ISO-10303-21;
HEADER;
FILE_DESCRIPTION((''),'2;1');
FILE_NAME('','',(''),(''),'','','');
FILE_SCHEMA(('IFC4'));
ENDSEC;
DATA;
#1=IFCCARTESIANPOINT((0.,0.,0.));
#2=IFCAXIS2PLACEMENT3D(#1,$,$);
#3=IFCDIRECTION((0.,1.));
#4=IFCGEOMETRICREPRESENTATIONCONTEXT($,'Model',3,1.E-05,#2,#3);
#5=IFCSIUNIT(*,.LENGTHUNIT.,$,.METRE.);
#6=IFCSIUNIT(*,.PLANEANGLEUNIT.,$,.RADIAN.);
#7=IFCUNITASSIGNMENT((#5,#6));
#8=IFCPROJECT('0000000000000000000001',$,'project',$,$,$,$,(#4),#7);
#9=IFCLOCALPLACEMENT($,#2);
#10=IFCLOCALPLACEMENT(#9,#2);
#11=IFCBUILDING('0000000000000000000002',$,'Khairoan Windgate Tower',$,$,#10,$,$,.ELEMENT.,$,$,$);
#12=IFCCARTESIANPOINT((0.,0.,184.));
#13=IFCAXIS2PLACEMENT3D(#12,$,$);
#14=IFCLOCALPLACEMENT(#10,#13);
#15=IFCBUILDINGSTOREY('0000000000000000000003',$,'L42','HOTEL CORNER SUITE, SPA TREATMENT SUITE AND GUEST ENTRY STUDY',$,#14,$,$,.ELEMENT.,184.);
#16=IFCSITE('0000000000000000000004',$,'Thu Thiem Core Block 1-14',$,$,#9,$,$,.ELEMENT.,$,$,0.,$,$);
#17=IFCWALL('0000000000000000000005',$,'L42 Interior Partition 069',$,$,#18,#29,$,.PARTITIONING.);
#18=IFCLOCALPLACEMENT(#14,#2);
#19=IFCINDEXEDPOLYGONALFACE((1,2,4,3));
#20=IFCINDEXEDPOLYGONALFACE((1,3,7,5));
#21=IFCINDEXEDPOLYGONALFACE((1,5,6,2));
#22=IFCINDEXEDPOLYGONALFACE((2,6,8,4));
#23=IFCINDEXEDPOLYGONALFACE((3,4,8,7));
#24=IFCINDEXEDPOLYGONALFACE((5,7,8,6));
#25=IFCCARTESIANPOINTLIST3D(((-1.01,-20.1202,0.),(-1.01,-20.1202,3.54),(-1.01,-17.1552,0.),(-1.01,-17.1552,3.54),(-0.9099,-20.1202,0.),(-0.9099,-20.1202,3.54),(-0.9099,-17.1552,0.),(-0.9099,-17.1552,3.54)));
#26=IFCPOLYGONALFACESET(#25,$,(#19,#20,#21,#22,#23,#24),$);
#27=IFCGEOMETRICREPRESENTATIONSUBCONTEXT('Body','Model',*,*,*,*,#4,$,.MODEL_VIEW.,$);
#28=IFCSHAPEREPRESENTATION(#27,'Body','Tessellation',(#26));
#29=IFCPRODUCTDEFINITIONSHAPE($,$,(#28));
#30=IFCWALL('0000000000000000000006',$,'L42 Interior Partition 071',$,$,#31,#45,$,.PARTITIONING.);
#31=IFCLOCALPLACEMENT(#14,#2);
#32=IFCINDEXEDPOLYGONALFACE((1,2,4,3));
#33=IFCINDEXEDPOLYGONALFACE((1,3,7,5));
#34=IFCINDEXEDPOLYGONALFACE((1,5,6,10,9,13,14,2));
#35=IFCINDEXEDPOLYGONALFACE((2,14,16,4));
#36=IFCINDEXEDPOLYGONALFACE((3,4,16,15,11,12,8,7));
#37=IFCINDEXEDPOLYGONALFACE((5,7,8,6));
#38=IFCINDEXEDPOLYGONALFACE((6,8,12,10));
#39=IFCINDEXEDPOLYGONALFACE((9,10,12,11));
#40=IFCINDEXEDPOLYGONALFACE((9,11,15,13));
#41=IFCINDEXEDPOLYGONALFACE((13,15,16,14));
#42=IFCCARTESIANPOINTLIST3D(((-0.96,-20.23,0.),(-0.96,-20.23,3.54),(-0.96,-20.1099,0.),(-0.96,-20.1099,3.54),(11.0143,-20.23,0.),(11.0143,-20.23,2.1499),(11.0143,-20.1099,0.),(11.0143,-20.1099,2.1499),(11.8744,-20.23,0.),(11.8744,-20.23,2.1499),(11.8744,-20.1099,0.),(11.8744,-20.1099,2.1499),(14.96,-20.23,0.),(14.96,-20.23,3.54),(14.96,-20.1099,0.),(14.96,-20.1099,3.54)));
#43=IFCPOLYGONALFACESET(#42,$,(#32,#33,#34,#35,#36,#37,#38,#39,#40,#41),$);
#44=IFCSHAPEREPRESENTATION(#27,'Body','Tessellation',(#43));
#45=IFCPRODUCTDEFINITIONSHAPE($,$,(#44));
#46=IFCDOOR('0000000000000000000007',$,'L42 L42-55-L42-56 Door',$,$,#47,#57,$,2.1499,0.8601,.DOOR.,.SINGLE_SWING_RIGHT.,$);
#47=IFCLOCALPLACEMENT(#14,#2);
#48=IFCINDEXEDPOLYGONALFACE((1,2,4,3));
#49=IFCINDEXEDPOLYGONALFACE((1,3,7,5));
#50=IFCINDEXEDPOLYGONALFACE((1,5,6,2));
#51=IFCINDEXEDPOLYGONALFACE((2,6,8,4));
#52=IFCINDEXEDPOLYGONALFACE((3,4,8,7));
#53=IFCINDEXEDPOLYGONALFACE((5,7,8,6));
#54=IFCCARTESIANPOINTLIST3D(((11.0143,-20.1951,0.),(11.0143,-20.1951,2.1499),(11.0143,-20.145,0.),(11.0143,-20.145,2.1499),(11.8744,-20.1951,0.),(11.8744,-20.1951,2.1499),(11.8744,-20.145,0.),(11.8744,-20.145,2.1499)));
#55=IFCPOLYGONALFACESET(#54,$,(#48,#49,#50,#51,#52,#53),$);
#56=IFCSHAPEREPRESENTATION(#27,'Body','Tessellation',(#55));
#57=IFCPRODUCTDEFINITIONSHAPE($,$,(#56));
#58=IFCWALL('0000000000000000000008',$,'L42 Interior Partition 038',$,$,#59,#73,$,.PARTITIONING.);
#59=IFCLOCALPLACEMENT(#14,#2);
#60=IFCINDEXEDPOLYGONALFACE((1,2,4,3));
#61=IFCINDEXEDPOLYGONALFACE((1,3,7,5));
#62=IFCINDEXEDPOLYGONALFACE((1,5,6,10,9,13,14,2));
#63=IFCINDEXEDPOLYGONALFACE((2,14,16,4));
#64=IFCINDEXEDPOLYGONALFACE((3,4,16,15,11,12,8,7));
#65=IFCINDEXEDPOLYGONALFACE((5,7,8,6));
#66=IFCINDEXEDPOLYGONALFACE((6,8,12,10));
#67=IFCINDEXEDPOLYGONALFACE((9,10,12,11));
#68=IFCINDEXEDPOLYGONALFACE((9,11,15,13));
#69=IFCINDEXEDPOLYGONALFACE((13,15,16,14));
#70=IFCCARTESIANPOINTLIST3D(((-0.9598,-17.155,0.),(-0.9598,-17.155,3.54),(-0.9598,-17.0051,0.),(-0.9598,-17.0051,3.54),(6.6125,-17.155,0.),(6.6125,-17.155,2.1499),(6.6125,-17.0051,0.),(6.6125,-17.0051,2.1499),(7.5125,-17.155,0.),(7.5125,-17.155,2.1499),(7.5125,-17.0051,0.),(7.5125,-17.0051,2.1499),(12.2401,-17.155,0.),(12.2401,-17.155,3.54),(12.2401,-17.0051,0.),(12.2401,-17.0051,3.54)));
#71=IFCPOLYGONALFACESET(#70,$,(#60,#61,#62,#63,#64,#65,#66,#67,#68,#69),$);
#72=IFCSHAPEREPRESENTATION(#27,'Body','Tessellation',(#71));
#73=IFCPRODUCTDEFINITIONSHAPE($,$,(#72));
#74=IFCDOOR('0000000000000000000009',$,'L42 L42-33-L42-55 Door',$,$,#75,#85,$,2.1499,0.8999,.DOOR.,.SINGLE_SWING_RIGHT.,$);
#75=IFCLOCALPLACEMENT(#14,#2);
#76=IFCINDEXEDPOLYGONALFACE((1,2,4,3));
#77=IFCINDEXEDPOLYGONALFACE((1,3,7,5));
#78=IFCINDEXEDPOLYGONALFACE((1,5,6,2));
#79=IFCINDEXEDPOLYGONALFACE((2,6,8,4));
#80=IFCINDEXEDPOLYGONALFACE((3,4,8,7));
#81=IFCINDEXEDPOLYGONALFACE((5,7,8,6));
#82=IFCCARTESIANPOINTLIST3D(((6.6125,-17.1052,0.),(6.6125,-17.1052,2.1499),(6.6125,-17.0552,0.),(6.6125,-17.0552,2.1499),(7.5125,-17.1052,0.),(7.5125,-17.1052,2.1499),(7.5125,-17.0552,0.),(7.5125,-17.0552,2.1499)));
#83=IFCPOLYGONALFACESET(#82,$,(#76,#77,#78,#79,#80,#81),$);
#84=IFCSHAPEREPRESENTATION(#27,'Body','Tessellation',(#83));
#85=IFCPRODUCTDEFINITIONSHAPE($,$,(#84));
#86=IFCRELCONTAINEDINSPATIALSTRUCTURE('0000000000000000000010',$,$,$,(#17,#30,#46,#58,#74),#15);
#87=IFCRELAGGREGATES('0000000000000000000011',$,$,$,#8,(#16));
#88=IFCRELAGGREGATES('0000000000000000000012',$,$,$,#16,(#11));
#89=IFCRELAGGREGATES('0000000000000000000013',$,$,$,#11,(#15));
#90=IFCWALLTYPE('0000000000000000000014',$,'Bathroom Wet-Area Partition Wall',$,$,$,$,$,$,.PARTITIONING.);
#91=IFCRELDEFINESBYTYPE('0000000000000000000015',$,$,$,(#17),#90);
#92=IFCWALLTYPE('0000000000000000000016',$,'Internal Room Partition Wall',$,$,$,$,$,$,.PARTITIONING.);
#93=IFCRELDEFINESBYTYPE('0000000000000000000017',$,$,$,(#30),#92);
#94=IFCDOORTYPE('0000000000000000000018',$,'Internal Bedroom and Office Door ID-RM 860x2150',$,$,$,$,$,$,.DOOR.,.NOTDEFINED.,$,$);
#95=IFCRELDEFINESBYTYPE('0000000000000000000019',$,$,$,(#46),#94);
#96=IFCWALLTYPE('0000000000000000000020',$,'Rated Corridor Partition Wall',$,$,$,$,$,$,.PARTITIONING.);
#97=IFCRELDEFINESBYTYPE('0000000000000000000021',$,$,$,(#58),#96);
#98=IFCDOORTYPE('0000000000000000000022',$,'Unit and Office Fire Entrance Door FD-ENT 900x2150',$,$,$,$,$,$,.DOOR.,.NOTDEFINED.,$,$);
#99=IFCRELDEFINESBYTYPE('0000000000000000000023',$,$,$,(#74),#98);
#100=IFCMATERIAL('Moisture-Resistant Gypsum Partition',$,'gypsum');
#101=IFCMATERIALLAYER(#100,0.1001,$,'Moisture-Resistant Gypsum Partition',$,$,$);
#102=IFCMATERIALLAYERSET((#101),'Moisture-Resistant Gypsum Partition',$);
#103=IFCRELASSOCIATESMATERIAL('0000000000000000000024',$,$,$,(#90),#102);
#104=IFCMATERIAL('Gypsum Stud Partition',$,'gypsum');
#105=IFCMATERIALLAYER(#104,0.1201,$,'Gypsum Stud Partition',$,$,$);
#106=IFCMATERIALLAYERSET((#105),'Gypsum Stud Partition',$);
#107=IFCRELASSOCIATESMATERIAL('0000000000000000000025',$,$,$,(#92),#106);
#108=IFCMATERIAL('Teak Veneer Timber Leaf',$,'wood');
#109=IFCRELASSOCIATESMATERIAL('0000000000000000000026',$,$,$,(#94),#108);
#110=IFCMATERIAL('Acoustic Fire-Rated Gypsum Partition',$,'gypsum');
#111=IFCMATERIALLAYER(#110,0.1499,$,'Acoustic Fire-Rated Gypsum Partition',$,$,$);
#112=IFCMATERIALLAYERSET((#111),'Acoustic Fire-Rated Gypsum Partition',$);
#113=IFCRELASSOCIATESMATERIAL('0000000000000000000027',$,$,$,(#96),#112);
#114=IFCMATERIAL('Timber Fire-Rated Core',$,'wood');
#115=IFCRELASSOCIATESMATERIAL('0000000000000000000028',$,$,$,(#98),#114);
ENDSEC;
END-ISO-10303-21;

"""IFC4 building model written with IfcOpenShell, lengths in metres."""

from ifc_helpers import new_model, si_unit, direction, frame, frame_2d, origin, place, context, subcontext, project, spatial, rectangle, extrude, material, layer, layer_set, type_object, element, fill, save


model = new_model("IFC4")

# Units and contexts
model_context = context("Model", 3, precision=1e-05, world=origin(), true_north=direction((0.0, 1.0)))
body_context = subcontext(model_context, "Body", "Model", "MODEL_VIEW")
ifc_project = project(units=[si_unit("LENGTHUNIT", "METRE"), si_unit("PLANEANGLEUNIT", "RADIAN")], contexts=[model_context])

# Site, building, storey
site_placement = place(None, origin())
site = spatial("IfcSite", under=ifc_project, at=site_placement, Name="Thu Thiem Core Block 1-14", CompositionType="ELEMENT", RefElevation=0.0)
building_placement = place(site_placement, origin())
building = spatial("IfcBuilding", under=site, at=building_placement, Name="Khairoan Windgate Tower", CompositionType="ELEMENT")
storey_placement = place(building_placement, frame((0.0, 0.0, 184.0)))
storey = spatial("IfcBuildingStorey", under=building, at=storey_placement, Name="L42", Description="HOTEL CORNER SUITE, SPA TREATMENT SUITE AND GUEST ENTRY STUDY", CompositionType="ELEMENT", Elevation=184.0)

# Wall
ifc_material_1 = material(Name="Moisture-Resistant Gypsum Partition", Category="gypsum")
ifc_layer_1 = layer(ifc_material_1, 0.1001, Name="Moisture-Resistant Gypsum Partition")
ifc_layer_set_1 = layer_set([ifc_layer_1], Name="Moisture-Resistant Gypsum Partition")
wall_type_1 = type_object("IfcWallType", Name="Bathroom Wet-Area Partition Wall", PredefinedType="PARTITIONING", material=ifc_layer_set_1)
wall_1_placement = place(storey_placement, frame((-0.96, -20.1201, 0.0), z_axis=(0.0, 0.0, 1.0), x_axis=(0.0, 1.0, 0.0)))
element("IfcWall", 1, at=wall_1_placement, inside=storey, type_object=wall_type_1, Name="L42 Interior Partition 069", PredefinedType="PARTITIONING", context=body_context, shape_type="SweptSolid", body=[
    extrude(rectangle(XDim=2.9651, YDim=0.1001, at=frame_2d((1.4824, 0.0))), origin(), (0.0, 0.0, 1.0), 3.54),
])

# Walls, openings, doors
ifc_material_2 = material(Name="Gypsum Stud Partition", Category="gypsum")
ifc_layer_2 = layer(ifc_material_2, 0.1201, Name="Gypsum Stud Partition")
ifc_layer_set_2 = layer_set([ifc_layer_2], Name="Gypsum Stud Partition")
wall_type_2 = type_object("IfcWallType", Name="Internal Room Partition Wall", PredefinedType="PARTITIONING", material=ifc_layer_set_2)
wall_2_placement = place(storey_placement, frame((-0.96, -20.1699, 0.0), z_axis=(0.0, 0.0, 1.0), x_axis=(1.0, 0.0, 0.0)))
wall_2 = element("IfcWall", 2, at=wall_2_placement, inside=storey, type_object=wall_type_2, Name="L42 Interior Partition 071", PredefinedType="PARTITIONING", context=body_context, shape_type="SweptSolid", body=[
    extrude(rectangle(XDim=15.9199, YDim=0.1201, at=frame_2d((7.96, 0.0))), origin(), (0.0, 0.0, 1.0), 3.54),
])
opening_1_placement = place(wall_2_placement, frame((11.9741, 0.0, 0.0)))
opening_1 = element("IfcOpeningElement", 3, at=opening_1_placement, cuts=wall_2, PredefinedType="OPENING", context=body_context, shape_type="SweptSolid", body=[
    extrude(rectangle(XDim=0.8601, YDim=2.1499, at=frame_2d((0.4302, 1.075))), frame((0.0, 0.0701, 0.0), z_axis=(0.0, -1.0, 0.0), x_axis=(1.0, 0.0, 0.0)), (0.0, 0.0, 1.0), 0.1401),
])
ifc_material_3 = material(Name="Teak Veneer Timber Leaf", Category="wood")
door_type_1 = type_object("IfcDoorType", Name="Internal Bedroom and Office Door ID-RM 860x2150", OperationType="NOTDEFINED", PredefinedType="DOOR", material=ifc_material_3)
door_1_placement = place(opening_1_placement, origin())
door_1 = element("IfcDoor", 4, at=door_1_placement, inside=storey, type_object=door_type_1, Name="L42 L42-55-L42-56 Door", OperationType="SINGLE_SWING_RIGHT", OverallHeight=2.1499, OverallWidth=0.8601, PredefinedType="DOOR", context=body_context, shape_type="SweptSolid", body=[
    extrude(rectangle(XDim=0.8601, YDim=2.1499, at=frame_2d((0.4302, 1.075))), frame((0.0, 0.0249, 0.0), z_axis=(0.0, -1.0, 0.0), x_axis=(1.0, 0.0, 0.0)), (0.0, 0.0, 1.0), 0.05),
])
fill(opening_1, door_1)
ifc_material_4 = material(Name="Acoustic Fire-Rated Gypsum Partition", Category="gypsum")
ifc_layer_3 = layer(ifc_material_4, 0.1499, Name="Acoustic Fire-Rated Gypsum Partition")
ifc_layer_set_3 = layer_set([ifc_layer_3], Name="Acoustic Fire-Rated Gypsum Partition")
wall_type_3 = type_object("IfcWallType", Name="Rated Corridor Partition Wall", PredefinedType="PARTITIONING", material=ifc_layer_set_3)
wall_3_placement = place(storey_placement, frame((-0.96, -17.0801, 0.0), z_axis=(0.0, 0.0, 1.0), x_axis=(1.0, 0.0, 0.0)))
wall_3 = element("IfcWall", 5, at=wall_3_placement, inside=storey, type_object=wall_type_3, Name="L42 Interior Partition 038", PredefinedType="PARTITIONING", context=body_context, shape_type="SweptSolid", body=[
    extrude(rectangle(XDim=13.2, YDim=0.1499, at=frame_2d((6.6001, 0.0))), origin(), (0.0, 0.0, 1.0), 3.54),
])
opening_2_placement = place(wall_3_placement, frame((7.5725, 0.0, 0.0)))
opening_2 = element("IfcOpeningElement", 6, at=opening_2_placement, cuts=wall_3, PredefinedType="OPENING", context=body_context, shape_type="SweptSolid", body=[
    extrude(rectangle(XDim=0.8999, YDim=2.1499, at=frame_2d((0.45, 1.075))), frame((0.0, 0.085, 0.0), z_axis=(0.0, -1.0, 0.0), x_axis=(1.0, 0.0, 0.0)), (0.0, 0.0, 1.0), 0.1699),
])
ifc_material_5 = material(Name="Timber Fire-Rated Core", Category="wood")
door_type_2 = type_object("IfcDoorType", Name="Unit and Office Fire Entrance Door FD-ENT 900x2150", OperationType="NOTDEFINED", PredefinedType="DOOR", material=ifc_material_5)
door_2_placement = place(opening_2_placement, origin())
door_2 = element("IfcDoor", 7, at=door_2_placement, inside=storey, type_object=door_type_2, Name="L42 L42-33-L42-55 Door", OperationType="SINGLE_SWING_RIGHT", OverallHeight=2.1499, OverallWidth=0.8999, PredefinedType="DOOR", context=body_context, shape_type="SweptSolid", body=[
    extrude(rectangle(XDim=0.8999, YDim=2.1499, at=frame_2d((0.45, 1.075))), frame((0.0, 0.0249, 0.0), z_axis=(0.0, -1.0, 0.0), x_axis=(1.0, 0.0, 0.0)), (0.0, 0.0, 1.0), 0.05),
])
fill(opening_2, door_2)

save(model, "model.ifc")
